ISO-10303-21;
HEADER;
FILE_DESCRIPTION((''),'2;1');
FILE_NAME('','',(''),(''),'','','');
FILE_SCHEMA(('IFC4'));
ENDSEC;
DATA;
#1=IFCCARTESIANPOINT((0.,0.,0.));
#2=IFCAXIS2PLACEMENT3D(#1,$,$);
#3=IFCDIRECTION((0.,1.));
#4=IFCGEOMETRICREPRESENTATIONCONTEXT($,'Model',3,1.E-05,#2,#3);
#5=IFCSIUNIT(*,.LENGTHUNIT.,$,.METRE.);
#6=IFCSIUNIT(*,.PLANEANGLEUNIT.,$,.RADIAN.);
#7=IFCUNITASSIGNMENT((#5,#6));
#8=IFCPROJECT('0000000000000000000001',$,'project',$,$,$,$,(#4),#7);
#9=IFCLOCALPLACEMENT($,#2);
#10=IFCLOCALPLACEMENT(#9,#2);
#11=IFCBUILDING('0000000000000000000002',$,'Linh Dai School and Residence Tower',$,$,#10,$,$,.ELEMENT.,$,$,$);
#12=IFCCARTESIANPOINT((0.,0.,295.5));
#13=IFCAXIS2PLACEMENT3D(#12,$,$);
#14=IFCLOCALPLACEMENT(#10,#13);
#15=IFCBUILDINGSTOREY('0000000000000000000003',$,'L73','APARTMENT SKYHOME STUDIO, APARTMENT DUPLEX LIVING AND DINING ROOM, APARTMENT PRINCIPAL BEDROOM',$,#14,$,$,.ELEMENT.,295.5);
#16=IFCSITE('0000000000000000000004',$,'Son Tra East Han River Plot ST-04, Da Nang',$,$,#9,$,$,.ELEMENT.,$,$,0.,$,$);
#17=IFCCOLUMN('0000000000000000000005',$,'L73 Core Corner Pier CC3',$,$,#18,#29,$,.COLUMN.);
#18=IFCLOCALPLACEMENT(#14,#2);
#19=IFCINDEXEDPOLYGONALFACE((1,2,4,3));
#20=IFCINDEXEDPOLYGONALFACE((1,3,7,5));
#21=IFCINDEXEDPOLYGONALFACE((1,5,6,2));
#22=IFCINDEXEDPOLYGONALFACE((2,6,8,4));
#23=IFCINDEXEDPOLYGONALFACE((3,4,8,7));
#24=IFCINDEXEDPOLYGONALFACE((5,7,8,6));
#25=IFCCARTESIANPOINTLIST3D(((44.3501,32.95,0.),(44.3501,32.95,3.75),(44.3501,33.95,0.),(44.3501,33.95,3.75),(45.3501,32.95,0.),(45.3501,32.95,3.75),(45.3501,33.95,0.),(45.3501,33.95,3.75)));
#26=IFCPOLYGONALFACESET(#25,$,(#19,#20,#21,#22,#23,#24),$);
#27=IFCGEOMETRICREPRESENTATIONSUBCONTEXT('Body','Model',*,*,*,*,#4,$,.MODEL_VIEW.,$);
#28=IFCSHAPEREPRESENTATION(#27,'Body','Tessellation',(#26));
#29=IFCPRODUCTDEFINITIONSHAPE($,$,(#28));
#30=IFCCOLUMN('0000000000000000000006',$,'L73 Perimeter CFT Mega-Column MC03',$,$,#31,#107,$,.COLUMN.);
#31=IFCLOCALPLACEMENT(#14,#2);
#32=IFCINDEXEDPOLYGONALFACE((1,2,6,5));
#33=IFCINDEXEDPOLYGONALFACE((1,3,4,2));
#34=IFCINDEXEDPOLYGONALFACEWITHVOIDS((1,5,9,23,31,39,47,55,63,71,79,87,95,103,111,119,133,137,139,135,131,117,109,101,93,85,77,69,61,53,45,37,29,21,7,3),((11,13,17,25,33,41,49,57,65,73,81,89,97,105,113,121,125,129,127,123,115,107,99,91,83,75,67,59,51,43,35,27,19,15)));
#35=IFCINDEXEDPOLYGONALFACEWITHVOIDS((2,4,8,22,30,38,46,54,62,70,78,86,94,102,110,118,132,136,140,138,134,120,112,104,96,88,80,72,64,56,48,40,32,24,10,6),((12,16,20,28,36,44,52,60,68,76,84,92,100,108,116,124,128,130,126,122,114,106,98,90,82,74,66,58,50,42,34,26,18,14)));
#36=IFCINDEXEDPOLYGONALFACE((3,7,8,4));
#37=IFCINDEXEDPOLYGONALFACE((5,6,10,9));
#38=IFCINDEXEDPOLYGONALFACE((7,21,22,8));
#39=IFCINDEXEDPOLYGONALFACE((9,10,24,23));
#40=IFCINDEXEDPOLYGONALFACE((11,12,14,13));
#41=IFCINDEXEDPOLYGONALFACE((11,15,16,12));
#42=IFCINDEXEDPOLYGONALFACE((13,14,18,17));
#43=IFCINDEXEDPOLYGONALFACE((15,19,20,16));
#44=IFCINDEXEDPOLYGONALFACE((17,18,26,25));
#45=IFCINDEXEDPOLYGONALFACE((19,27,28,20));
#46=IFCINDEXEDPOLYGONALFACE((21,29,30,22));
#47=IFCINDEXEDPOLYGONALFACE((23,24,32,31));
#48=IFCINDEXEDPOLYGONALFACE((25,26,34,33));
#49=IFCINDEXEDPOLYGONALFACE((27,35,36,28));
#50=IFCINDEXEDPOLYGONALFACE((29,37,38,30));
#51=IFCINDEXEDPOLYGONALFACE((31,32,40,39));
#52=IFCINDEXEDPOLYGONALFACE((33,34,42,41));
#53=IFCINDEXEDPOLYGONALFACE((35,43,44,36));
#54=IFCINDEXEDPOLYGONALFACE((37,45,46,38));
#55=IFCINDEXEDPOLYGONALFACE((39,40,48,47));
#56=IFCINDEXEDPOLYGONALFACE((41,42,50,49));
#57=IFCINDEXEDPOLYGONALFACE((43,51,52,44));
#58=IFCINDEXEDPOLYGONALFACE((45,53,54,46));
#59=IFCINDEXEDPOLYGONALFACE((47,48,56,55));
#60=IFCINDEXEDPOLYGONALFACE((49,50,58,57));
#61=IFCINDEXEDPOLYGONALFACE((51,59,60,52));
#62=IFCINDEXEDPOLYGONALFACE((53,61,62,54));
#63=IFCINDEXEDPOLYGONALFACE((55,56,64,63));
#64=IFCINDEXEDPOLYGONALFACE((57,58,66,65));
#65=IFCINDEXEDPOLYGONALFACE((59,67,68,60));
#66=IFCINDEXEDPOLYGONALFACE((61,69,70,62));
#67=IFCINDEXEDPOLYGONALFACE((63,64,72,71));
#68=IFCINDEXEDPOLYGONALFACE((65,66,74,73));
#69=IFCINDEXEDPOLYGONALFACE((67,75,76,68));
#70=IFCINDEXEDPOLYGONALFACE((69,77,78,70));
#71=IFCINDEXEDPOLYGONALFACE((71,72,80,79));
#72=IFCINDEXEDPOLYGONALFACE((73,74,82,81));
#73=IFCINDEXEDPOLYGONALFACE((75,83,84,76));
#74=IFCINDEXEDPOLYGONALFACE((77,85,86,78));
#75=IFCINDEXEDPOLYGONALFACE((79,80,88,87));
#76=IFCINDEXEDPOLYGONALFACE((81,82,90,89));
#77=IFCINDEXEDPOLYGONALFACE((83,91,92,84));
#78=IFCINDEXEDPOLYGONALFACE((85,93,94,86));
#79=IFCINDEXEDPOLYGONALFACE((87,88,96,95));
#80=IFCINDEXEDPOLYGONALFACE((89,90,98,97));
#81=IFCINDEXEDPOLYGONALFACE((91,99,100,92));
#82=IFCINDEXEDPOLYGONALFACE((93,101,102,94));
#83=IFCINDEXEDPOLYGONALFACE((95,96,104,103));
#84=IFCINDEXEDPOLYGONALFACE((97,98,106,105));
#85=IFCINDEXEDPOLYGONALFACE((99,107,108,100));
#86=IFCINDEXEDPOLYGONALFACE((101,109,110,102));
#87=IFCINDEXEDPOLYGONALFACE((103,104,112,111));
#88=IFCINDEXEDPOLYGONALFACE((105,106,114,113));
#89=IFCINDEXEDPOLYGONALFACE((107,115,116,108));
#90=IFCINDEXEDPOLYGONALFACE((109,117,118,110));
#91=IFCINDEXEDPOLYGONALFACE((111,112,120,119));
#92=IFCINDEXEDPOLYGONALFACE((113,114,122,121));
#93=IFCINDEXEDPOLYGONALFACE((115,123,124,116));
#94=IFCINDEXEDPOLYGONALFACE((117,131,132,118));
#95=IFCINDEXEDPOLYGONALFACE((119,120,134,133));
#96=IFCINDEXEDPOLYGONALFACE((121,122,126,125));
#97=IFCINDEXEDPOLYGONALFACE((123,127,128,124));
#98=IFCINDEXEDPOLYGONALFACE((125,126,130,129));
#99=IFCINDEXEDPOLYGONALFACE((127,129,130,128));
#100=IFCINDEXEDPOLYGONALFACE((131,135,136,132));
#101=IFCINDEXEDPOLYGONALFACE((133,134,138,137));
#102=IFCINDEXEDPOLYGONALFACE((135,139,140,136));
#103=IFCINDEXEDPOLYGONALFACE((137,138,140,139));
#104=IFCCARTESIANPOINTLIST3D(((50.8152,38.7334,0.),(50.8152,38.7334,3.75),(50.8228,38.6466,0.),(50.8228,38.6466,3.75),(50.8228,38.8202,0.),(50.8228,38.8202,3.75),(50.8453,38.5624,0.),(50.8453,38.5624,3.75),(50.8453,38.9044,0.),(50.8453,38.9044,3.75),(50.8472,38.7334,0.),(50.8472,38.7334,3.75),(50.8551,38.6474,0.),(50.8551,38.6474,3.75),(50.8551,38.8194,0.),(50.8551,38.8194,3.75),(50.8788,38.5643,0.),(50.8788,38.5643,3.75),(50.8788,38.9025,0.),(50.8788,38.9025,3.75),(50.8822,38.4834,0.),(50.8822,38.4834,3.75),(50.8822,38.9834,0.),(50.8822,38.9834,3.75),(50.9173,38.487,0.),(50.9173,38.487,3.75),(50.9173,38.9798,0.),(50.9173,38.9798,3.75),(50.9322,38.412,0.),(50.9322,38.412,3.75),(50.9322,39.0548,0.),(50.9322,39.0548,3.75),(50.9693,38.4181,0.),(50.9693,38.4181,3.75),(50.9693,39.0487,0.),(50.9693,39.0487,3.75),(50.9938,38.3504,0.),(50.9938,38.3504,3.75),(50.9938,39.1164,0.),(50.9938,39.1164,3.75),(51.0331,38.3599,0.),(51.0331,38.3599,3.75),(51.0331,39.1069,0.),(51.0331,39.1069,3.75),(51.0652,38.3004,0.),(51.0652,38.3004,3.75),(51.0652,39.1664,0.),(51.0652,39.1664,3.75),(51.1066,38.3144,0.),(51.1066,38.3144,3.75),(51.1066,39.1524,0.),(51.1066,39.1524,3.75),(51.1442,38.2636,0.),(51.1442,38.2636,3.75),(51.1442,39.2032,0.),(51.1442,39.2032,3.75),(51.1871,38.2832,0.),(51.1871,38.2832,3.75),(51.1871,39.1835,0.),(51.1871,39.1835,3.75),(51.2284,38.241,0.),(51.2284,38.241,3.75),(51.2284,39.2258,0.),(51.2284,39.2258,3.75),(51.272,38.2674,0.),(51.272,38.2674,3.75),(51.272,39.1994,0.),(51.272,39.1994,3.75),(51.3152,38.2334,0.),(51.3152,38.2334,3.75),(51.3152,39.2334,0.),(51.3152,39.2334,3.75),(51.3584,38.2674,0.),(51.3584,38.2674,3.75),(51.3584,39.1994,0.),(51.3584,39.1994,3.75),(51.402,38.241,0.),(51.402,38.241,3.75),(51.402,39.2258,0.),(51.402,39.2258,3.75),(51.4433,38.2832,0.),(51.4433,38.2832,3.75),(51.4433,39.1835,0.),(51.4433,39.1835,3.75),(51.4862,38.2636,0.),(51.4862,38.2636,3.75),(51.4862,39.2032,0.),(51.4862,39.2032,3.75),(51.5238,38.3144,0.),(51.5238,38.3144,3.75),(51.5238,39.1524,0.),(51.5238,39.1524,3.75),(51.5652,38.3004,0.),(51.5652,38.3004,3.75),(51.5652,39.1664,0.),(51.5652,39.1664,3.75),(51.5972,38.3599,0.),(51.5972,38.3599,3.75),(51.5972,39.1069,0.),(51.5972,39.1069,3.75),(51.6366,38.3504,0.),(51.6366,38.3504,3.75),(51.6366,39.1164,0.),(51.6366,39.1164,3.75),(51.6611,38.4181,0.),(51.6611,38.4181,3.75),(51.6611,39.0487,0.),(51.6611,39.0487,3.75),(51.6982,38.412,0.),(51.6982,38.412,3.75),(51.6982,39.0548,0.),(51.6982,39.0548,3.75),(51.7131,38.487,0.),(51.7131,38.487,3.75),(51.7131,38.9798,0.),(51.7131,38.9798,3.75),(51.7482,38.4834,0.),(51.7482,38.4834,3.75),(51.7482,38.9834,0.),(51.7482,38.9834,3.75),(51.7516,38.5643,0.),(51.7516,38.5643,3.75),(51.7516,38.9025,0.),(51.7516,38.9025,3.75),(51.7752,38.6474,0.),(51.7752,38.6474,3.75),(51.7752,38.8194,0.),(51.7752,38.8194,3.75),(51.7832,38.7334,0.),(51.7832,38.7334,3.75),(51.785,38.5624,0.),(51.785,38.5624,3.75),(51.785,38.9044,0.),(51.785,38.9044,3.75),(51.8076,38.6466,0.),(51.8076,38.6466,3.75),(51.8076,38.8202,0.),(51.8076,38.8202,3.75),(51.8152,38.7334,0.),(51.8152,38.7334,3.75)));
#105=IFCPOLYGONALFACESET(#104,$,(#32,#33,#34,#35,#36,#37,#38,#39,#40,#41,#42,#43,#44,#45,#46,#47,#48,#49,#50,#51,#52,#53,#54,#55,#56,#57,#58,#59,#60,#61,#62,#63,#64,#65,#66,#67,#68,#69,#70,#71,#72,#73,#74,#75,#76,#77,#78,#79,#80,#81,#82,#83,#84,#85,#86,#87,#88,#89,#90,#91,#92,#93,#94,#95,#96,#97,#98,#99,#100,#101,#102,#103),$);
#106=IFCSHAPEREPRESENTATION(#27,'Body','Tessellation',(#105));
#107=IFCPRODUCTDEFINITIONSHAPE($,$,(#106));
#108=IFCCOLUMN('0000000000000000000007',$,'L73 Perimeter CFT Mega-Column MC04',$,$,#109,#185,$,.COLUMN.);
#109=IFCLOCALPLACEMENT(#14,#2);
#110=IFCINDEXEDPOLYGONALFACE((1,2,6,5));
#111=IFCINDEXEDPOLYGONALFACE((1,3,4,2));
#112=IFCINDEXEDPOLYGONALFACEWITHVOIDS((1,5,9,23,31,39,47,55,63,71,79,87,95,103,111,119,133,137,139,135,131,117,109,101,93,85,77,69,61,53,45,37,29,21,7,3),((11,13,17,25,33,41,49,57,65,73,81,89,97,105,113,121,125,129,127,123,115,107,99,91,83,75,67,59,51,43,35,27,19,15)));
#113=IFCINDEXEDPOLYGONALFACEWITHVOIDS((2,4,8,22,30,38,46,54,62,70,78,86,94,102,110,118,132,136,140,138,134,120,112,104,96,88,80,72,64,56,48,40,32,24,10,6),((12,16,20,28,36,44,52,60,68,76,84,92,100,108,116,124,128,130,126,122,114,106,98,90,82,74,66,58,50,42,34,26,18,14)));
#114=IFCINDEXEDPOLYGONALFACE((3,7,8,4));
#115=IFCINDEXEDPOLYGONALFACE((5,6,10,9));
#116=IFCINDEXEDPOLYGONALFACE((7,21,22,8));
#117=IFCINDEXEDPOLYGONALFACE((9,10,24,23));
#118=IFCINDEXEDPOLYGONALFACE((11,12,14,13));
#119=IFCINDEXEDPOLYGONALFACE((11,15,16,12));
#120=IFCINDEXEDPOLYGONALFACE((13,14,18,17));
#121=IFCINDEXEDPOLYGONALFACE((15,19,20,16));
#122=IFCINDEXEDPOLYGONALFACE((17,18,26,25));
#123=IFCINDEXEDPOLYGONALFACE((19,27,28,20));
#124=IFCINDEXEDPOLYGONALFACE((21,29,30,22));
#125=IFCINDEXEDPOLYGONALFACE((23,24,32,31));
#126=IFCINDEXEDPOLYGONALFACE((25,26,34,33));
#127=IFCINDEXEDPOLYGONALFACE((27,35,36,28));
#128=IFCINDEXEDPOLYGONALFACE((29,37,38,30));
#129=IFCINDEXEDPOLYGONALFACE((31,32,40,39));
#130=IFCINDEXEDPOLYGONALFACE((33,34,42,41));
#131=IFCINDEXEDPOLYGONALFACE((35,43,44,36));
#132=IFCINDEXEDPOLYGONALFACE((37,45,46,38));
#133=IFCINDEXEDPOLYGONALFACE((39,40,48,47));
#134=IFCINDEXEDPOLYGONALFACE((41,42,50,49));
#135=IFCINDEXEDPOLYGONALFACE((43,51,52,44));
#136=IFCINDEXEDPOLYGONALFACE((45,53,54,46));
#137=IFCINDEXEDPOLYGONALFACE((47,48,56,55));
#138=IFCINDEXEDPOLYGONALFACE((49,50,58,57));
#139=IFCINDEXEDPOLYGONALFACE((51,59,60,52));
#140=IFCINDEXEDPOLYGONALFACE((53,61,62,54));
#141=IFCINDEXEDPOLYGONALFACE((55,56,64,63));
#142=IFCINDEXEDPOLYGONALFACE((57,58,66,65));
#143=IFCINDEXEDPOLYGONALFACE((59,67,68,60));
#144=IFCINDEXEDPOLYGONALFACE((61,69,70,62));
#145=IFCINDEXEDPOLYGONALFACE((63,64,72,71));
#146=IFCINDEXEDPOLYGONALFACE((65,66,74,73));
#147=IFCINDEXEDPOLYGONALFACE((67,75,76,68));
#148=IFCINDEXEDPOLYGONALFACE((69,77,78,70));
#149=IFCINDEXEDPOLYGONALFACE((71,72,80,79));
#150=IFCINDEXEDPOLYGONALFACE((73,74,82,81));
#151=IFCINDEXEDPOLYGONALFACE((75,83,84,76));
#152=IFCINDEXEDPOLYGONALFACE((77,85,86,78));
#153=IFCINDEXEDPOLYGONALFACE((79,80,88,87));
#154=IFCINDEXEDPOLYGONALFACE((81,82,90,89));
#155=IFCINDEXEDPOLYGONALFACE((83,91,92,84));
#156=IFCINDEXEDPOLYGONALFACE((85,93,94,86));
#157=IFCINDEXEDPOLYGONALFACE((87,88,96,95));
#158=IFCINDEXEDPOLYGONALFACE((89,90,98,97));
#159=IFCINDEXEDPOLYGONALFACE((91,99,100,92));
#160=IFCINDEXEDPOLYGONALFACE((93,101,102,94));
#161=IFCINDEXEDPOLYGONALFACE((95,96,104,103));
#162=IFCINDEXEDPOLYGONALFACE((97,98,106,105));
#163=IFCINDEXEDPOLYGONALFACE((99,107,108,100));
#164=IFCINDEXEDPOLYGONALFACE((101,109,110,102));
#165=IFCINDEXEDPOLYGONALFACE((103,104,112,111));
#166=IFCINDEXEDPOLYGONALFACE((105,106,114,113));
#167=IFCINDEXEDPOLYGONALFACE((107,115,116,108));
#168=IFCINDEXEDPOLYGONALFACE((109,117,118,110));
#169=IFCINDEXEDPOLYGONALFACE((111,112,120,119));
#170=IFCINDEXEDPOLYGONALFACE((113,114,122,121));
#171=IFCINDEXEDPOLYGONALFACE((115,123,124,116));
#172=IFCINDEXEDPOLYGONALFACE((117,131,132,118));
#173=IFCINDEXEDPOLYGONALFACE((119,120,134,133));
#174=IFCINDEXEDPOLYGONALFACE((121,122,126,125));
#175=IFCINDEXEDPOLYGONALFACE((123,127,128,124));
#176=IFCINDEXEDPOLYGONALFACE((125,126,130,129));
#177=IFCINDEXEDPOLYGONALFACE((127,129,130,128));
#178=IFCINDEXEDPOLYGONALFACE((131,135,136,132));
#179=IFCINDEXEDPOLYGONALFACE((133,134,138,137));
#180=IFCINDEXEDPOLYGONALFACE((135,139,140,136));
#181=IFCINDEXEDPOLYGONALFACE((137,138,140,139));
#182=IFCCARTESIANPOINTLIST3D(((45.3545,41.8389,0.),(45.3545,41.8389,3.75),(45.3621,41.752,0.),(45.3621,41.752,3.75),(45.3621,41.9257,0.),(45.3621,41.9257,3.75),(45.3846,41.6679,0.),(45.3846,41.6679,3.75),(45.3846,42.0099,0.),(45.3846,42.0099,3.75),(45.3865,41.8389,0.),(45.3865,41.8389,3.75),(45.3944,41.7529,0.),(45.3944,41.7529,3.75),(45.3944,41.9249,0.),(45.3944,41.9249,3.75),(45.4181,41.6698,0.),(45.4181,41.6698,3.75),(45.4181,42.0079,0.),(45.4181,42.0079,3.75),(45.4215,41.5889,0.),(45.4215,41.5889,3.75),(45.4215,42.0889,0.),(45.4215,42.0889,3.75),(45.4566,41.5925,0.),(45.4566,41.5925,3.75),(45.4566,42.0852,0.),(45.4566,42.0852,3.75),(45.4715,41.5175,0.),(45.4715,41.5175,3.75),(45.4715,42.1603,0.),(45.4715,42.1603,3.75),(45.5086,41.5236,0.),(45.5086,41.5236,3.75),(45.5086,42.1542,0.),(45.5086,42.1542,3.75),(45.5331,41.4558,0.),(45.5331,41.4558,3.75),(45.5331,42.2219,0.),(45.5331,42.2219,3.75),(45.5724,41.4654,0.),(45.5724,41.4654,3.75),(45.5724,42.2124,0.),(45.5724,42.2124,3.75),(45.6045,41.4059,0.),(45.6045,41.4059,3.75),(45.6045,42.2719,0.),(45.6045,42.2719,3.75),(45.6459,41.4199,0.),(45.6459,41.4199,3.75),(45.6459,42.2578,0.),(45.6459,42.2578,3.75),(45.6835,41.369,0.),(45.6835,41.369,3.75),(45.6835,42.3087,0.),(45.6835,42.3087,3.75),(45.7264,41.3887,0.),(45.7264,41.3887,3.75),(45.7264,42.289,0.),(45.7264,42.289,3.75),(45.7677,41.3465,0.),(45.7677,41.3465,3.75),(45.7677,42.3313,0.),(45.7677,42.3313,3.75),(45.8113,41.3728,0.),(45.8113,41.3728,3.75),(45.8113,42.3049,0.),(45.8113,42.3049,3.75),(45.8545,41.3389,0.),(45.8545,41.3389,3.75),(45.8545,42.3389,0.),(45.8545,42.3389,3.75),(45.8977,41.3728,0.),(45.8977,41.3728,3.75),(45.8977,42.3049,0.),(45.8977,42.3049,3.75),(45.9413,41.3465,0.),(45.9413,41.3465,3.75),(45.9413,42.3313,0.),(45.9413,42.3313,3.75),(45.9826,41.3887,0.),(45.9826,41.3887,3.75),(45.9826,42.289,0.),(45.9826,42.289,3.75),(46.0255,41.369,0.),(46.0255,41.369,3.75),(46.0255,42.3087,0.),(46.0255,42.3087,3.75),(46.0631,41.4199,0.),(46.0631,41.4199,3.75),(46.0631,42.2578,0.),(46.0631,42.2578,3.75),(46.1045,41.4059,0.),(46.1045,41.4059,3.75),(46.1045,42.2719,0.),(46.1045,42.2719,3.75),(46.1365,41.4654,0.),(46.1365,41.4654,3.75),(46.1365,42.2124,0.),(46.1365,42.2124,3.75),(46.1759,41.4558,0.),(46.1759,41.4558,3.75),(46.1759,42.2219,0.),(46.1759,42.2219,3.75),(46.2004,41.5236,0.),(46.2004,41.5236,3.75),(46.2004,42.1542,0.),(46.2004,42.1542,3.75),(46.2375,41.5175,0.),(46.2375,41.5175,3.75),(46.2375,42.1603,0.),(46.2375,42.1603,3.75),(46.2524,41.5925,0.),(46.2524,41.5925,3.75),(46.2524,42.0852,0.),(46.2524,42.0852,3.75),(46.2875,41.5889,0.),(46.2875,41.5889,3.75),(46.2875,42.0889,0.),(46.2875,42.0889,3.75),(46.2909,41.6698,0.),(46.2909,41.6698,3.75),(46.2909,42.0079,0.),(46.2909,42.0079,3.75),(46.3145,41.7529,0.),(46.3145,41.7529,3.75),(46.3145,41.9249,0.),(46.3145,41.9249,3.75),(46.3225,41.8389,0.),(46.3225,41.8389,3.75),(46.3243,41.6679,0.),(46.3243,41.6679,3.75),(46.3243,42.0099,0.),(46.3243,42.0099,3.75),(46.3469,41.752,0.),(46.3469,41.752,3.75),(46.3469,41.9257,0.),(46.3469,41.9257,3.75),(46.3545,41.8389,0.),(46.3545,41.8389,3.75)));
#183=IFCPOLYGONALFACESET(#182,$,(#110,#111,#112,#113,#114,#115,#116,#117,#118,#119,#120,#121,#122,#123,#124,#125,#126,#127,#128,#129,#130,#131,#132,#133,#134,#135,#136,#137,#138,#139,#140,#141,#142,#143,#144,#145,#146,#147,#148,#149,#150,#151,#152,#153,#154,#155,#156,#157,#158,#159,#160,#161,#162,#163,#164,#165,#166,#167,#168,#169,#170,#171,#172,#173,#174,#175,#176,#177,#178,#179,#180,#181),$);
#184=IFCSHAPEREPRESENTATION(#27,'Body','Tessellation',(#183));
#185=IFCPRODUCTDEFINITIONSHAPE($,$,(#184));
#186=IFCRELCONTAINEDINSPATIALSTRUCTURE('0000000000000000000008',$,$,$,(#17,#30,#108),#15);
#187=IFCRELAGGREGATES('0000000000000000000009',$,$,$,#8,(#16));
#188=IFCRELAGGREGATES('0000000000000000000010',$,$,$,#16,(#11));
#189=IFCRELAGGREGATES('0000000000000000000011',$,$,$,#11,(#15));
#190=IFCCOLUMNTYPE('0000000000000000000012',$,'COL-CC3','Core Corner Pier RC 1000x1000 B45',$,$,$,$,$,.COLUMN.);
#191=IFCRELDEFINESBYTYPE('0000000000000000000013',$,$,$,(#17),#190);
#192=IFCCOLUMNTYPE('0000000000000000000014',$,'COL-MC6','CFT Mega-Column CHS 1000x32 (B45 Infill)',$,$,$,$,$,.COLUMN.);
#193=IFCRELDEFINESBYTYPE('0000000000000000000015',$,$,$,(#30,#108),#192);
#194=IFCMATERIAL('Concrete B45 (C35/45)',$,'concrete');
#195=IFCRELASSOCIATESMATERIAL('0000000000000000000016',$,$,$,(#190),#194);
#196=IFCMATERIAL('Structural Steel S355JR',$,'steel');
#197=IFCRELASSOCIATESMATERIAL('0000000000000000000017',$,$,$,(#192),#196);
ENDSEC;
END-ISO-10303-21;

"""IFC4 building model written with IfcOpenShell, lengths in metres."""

from ifc_helpers import new_model, si_unit, direction, frame, origin, origin_2d, place, context, subcontext, project, spatial, rectangle, hollow_circle, extrude, material, material_profile, profile_set, type_object, element, save


model = new_model("IFC4")

# Units and contexts
model_context = context("Model", 3, precision=1e-05, world=origin(), true_north=direction((0.0, 1.0)))
body_context = subcontext(model_context, "Body", "Model", "MODEL_VIEW")
ifc_project = project(units=[si_unit("LENGTHUNIT", "METRE"), si_unit("PLANEANGLEUNIT", "RADIAN")], contexts=[model_context])

# Site, building, storey
site_placement = place(None, origin())
site = spatial("IfcSite", under=ifc_project, at=site_placement, Name="Son Tra East Han River Plot ST-04, Da Nang", CompositionType="ELEMENT", RefElevation=0.0)
building_placement = place(site_placement, origin())
building = spatial("IfcBuilding", under=site, at=building_placement, Name="Linh Dai School and Residence Tower", CompositionType="ELEMENT")
storey_placement = place(building_placement, frame((0.0, 0.0, 295.5)))
storey = spatial("IfcBuildingStorey", under=building, at=storey_placement, Name="L73", Description="APARTMENT SKYHOME STUDIO, APARTMENT DUPLEX LIVING AND DINING ROOM, APARTMENT PRINCIPAL BEDROOM", CompositionType="ELEMENT", Elevation=295.5)

# Columns
ifc_material_1 = material(Name="Concrete B45 (C35/45)", Category="concrete")
ifc_material_profile_1 = material_profile(ifc_material_1, rectangle(XDim=1.0, YDim=1.0, at=origin_2d()), Name="RC 1000x1000")
ifc_profile_set_1 = profile_set([ifc_material_profile_1], Name="Concrete B45 (C35/45)")
column_type_1 = type_object("IfcColumnType", Name="COL-CC3", Description="Core Corner Pier RC 1000x1000 B45", PredefinedType="COLUMN", material=ifc_profile_set_1)
column_placement = place(storey_placement, frame((44.8501, 33.45, 0.0), z_axis=(0.0, 0.0, 1.0), x_axis=(1.0, 0.0, 0.0)))
element("IfcColumn", 1, at=column_placement, inside=storey, type_object=column_type_1, Name="L73 Core Corner Pier CC3", PredefinedType="COLUMN", context=body_context, shape_type="SweptSolid", body=[
    extrude(rectangle(XDim=1.0, YDim=1.0, at=origin_2d()), origin(), (0.0, 0.0, 1.0), 3.75),
])
ifc_material_2 = material(Name="Structural Steel S355JR", Category="steel")
ifc_material_profile_2 = material_profile(ifc_material_2, hollow_circle(Radius=0.5, WallThickness=0.032, at=origin_2d()), Name="CHS 1000x32")
ifc_profile_set_2 = profile_set([ifc_material_profile_2], Name="Structural Steel S355JR")
column_type_2 = type_object("IfcColumnType", Name="COL-MC6", Description="CFT Mega-Column CHS 1000x32 (B45 Infill)", PredefinedType="COLUMN", material=ifc_profile_set_2)
for number, where, z_axis, x_axis, name in (
    (2, (51.3152, 38.7334, 0.0), (0.0, 0.0, 1.0), (1.0, 0.0, 0.0), "L73 Perimeter CFT Mega-Column MC03"),
    (3, (45.8545, 41.8389, 0.0), (0.0, 0.0, 1.0), (1.0, 0.0, 0.0), "L73 Perimeter CFT Mega-Column MC04"),
):
    element("IfcColumn", number, at=place(storey_placement, frame(where, z_axis=z_axis, x_axis=x_axis)), inside=storey, type_object=column_type_2, Name=name, PredefinedType="COLUMN", context=body_context, shape_type="SweptSolid", body=[
        extrude(hollow_circle(Radius=0.5, WallThickness=0.032, at=origin_2d()), origin(), (0.0, 0.0, 1.0), 3.75),
    ])

save(model, "model.ifc")
